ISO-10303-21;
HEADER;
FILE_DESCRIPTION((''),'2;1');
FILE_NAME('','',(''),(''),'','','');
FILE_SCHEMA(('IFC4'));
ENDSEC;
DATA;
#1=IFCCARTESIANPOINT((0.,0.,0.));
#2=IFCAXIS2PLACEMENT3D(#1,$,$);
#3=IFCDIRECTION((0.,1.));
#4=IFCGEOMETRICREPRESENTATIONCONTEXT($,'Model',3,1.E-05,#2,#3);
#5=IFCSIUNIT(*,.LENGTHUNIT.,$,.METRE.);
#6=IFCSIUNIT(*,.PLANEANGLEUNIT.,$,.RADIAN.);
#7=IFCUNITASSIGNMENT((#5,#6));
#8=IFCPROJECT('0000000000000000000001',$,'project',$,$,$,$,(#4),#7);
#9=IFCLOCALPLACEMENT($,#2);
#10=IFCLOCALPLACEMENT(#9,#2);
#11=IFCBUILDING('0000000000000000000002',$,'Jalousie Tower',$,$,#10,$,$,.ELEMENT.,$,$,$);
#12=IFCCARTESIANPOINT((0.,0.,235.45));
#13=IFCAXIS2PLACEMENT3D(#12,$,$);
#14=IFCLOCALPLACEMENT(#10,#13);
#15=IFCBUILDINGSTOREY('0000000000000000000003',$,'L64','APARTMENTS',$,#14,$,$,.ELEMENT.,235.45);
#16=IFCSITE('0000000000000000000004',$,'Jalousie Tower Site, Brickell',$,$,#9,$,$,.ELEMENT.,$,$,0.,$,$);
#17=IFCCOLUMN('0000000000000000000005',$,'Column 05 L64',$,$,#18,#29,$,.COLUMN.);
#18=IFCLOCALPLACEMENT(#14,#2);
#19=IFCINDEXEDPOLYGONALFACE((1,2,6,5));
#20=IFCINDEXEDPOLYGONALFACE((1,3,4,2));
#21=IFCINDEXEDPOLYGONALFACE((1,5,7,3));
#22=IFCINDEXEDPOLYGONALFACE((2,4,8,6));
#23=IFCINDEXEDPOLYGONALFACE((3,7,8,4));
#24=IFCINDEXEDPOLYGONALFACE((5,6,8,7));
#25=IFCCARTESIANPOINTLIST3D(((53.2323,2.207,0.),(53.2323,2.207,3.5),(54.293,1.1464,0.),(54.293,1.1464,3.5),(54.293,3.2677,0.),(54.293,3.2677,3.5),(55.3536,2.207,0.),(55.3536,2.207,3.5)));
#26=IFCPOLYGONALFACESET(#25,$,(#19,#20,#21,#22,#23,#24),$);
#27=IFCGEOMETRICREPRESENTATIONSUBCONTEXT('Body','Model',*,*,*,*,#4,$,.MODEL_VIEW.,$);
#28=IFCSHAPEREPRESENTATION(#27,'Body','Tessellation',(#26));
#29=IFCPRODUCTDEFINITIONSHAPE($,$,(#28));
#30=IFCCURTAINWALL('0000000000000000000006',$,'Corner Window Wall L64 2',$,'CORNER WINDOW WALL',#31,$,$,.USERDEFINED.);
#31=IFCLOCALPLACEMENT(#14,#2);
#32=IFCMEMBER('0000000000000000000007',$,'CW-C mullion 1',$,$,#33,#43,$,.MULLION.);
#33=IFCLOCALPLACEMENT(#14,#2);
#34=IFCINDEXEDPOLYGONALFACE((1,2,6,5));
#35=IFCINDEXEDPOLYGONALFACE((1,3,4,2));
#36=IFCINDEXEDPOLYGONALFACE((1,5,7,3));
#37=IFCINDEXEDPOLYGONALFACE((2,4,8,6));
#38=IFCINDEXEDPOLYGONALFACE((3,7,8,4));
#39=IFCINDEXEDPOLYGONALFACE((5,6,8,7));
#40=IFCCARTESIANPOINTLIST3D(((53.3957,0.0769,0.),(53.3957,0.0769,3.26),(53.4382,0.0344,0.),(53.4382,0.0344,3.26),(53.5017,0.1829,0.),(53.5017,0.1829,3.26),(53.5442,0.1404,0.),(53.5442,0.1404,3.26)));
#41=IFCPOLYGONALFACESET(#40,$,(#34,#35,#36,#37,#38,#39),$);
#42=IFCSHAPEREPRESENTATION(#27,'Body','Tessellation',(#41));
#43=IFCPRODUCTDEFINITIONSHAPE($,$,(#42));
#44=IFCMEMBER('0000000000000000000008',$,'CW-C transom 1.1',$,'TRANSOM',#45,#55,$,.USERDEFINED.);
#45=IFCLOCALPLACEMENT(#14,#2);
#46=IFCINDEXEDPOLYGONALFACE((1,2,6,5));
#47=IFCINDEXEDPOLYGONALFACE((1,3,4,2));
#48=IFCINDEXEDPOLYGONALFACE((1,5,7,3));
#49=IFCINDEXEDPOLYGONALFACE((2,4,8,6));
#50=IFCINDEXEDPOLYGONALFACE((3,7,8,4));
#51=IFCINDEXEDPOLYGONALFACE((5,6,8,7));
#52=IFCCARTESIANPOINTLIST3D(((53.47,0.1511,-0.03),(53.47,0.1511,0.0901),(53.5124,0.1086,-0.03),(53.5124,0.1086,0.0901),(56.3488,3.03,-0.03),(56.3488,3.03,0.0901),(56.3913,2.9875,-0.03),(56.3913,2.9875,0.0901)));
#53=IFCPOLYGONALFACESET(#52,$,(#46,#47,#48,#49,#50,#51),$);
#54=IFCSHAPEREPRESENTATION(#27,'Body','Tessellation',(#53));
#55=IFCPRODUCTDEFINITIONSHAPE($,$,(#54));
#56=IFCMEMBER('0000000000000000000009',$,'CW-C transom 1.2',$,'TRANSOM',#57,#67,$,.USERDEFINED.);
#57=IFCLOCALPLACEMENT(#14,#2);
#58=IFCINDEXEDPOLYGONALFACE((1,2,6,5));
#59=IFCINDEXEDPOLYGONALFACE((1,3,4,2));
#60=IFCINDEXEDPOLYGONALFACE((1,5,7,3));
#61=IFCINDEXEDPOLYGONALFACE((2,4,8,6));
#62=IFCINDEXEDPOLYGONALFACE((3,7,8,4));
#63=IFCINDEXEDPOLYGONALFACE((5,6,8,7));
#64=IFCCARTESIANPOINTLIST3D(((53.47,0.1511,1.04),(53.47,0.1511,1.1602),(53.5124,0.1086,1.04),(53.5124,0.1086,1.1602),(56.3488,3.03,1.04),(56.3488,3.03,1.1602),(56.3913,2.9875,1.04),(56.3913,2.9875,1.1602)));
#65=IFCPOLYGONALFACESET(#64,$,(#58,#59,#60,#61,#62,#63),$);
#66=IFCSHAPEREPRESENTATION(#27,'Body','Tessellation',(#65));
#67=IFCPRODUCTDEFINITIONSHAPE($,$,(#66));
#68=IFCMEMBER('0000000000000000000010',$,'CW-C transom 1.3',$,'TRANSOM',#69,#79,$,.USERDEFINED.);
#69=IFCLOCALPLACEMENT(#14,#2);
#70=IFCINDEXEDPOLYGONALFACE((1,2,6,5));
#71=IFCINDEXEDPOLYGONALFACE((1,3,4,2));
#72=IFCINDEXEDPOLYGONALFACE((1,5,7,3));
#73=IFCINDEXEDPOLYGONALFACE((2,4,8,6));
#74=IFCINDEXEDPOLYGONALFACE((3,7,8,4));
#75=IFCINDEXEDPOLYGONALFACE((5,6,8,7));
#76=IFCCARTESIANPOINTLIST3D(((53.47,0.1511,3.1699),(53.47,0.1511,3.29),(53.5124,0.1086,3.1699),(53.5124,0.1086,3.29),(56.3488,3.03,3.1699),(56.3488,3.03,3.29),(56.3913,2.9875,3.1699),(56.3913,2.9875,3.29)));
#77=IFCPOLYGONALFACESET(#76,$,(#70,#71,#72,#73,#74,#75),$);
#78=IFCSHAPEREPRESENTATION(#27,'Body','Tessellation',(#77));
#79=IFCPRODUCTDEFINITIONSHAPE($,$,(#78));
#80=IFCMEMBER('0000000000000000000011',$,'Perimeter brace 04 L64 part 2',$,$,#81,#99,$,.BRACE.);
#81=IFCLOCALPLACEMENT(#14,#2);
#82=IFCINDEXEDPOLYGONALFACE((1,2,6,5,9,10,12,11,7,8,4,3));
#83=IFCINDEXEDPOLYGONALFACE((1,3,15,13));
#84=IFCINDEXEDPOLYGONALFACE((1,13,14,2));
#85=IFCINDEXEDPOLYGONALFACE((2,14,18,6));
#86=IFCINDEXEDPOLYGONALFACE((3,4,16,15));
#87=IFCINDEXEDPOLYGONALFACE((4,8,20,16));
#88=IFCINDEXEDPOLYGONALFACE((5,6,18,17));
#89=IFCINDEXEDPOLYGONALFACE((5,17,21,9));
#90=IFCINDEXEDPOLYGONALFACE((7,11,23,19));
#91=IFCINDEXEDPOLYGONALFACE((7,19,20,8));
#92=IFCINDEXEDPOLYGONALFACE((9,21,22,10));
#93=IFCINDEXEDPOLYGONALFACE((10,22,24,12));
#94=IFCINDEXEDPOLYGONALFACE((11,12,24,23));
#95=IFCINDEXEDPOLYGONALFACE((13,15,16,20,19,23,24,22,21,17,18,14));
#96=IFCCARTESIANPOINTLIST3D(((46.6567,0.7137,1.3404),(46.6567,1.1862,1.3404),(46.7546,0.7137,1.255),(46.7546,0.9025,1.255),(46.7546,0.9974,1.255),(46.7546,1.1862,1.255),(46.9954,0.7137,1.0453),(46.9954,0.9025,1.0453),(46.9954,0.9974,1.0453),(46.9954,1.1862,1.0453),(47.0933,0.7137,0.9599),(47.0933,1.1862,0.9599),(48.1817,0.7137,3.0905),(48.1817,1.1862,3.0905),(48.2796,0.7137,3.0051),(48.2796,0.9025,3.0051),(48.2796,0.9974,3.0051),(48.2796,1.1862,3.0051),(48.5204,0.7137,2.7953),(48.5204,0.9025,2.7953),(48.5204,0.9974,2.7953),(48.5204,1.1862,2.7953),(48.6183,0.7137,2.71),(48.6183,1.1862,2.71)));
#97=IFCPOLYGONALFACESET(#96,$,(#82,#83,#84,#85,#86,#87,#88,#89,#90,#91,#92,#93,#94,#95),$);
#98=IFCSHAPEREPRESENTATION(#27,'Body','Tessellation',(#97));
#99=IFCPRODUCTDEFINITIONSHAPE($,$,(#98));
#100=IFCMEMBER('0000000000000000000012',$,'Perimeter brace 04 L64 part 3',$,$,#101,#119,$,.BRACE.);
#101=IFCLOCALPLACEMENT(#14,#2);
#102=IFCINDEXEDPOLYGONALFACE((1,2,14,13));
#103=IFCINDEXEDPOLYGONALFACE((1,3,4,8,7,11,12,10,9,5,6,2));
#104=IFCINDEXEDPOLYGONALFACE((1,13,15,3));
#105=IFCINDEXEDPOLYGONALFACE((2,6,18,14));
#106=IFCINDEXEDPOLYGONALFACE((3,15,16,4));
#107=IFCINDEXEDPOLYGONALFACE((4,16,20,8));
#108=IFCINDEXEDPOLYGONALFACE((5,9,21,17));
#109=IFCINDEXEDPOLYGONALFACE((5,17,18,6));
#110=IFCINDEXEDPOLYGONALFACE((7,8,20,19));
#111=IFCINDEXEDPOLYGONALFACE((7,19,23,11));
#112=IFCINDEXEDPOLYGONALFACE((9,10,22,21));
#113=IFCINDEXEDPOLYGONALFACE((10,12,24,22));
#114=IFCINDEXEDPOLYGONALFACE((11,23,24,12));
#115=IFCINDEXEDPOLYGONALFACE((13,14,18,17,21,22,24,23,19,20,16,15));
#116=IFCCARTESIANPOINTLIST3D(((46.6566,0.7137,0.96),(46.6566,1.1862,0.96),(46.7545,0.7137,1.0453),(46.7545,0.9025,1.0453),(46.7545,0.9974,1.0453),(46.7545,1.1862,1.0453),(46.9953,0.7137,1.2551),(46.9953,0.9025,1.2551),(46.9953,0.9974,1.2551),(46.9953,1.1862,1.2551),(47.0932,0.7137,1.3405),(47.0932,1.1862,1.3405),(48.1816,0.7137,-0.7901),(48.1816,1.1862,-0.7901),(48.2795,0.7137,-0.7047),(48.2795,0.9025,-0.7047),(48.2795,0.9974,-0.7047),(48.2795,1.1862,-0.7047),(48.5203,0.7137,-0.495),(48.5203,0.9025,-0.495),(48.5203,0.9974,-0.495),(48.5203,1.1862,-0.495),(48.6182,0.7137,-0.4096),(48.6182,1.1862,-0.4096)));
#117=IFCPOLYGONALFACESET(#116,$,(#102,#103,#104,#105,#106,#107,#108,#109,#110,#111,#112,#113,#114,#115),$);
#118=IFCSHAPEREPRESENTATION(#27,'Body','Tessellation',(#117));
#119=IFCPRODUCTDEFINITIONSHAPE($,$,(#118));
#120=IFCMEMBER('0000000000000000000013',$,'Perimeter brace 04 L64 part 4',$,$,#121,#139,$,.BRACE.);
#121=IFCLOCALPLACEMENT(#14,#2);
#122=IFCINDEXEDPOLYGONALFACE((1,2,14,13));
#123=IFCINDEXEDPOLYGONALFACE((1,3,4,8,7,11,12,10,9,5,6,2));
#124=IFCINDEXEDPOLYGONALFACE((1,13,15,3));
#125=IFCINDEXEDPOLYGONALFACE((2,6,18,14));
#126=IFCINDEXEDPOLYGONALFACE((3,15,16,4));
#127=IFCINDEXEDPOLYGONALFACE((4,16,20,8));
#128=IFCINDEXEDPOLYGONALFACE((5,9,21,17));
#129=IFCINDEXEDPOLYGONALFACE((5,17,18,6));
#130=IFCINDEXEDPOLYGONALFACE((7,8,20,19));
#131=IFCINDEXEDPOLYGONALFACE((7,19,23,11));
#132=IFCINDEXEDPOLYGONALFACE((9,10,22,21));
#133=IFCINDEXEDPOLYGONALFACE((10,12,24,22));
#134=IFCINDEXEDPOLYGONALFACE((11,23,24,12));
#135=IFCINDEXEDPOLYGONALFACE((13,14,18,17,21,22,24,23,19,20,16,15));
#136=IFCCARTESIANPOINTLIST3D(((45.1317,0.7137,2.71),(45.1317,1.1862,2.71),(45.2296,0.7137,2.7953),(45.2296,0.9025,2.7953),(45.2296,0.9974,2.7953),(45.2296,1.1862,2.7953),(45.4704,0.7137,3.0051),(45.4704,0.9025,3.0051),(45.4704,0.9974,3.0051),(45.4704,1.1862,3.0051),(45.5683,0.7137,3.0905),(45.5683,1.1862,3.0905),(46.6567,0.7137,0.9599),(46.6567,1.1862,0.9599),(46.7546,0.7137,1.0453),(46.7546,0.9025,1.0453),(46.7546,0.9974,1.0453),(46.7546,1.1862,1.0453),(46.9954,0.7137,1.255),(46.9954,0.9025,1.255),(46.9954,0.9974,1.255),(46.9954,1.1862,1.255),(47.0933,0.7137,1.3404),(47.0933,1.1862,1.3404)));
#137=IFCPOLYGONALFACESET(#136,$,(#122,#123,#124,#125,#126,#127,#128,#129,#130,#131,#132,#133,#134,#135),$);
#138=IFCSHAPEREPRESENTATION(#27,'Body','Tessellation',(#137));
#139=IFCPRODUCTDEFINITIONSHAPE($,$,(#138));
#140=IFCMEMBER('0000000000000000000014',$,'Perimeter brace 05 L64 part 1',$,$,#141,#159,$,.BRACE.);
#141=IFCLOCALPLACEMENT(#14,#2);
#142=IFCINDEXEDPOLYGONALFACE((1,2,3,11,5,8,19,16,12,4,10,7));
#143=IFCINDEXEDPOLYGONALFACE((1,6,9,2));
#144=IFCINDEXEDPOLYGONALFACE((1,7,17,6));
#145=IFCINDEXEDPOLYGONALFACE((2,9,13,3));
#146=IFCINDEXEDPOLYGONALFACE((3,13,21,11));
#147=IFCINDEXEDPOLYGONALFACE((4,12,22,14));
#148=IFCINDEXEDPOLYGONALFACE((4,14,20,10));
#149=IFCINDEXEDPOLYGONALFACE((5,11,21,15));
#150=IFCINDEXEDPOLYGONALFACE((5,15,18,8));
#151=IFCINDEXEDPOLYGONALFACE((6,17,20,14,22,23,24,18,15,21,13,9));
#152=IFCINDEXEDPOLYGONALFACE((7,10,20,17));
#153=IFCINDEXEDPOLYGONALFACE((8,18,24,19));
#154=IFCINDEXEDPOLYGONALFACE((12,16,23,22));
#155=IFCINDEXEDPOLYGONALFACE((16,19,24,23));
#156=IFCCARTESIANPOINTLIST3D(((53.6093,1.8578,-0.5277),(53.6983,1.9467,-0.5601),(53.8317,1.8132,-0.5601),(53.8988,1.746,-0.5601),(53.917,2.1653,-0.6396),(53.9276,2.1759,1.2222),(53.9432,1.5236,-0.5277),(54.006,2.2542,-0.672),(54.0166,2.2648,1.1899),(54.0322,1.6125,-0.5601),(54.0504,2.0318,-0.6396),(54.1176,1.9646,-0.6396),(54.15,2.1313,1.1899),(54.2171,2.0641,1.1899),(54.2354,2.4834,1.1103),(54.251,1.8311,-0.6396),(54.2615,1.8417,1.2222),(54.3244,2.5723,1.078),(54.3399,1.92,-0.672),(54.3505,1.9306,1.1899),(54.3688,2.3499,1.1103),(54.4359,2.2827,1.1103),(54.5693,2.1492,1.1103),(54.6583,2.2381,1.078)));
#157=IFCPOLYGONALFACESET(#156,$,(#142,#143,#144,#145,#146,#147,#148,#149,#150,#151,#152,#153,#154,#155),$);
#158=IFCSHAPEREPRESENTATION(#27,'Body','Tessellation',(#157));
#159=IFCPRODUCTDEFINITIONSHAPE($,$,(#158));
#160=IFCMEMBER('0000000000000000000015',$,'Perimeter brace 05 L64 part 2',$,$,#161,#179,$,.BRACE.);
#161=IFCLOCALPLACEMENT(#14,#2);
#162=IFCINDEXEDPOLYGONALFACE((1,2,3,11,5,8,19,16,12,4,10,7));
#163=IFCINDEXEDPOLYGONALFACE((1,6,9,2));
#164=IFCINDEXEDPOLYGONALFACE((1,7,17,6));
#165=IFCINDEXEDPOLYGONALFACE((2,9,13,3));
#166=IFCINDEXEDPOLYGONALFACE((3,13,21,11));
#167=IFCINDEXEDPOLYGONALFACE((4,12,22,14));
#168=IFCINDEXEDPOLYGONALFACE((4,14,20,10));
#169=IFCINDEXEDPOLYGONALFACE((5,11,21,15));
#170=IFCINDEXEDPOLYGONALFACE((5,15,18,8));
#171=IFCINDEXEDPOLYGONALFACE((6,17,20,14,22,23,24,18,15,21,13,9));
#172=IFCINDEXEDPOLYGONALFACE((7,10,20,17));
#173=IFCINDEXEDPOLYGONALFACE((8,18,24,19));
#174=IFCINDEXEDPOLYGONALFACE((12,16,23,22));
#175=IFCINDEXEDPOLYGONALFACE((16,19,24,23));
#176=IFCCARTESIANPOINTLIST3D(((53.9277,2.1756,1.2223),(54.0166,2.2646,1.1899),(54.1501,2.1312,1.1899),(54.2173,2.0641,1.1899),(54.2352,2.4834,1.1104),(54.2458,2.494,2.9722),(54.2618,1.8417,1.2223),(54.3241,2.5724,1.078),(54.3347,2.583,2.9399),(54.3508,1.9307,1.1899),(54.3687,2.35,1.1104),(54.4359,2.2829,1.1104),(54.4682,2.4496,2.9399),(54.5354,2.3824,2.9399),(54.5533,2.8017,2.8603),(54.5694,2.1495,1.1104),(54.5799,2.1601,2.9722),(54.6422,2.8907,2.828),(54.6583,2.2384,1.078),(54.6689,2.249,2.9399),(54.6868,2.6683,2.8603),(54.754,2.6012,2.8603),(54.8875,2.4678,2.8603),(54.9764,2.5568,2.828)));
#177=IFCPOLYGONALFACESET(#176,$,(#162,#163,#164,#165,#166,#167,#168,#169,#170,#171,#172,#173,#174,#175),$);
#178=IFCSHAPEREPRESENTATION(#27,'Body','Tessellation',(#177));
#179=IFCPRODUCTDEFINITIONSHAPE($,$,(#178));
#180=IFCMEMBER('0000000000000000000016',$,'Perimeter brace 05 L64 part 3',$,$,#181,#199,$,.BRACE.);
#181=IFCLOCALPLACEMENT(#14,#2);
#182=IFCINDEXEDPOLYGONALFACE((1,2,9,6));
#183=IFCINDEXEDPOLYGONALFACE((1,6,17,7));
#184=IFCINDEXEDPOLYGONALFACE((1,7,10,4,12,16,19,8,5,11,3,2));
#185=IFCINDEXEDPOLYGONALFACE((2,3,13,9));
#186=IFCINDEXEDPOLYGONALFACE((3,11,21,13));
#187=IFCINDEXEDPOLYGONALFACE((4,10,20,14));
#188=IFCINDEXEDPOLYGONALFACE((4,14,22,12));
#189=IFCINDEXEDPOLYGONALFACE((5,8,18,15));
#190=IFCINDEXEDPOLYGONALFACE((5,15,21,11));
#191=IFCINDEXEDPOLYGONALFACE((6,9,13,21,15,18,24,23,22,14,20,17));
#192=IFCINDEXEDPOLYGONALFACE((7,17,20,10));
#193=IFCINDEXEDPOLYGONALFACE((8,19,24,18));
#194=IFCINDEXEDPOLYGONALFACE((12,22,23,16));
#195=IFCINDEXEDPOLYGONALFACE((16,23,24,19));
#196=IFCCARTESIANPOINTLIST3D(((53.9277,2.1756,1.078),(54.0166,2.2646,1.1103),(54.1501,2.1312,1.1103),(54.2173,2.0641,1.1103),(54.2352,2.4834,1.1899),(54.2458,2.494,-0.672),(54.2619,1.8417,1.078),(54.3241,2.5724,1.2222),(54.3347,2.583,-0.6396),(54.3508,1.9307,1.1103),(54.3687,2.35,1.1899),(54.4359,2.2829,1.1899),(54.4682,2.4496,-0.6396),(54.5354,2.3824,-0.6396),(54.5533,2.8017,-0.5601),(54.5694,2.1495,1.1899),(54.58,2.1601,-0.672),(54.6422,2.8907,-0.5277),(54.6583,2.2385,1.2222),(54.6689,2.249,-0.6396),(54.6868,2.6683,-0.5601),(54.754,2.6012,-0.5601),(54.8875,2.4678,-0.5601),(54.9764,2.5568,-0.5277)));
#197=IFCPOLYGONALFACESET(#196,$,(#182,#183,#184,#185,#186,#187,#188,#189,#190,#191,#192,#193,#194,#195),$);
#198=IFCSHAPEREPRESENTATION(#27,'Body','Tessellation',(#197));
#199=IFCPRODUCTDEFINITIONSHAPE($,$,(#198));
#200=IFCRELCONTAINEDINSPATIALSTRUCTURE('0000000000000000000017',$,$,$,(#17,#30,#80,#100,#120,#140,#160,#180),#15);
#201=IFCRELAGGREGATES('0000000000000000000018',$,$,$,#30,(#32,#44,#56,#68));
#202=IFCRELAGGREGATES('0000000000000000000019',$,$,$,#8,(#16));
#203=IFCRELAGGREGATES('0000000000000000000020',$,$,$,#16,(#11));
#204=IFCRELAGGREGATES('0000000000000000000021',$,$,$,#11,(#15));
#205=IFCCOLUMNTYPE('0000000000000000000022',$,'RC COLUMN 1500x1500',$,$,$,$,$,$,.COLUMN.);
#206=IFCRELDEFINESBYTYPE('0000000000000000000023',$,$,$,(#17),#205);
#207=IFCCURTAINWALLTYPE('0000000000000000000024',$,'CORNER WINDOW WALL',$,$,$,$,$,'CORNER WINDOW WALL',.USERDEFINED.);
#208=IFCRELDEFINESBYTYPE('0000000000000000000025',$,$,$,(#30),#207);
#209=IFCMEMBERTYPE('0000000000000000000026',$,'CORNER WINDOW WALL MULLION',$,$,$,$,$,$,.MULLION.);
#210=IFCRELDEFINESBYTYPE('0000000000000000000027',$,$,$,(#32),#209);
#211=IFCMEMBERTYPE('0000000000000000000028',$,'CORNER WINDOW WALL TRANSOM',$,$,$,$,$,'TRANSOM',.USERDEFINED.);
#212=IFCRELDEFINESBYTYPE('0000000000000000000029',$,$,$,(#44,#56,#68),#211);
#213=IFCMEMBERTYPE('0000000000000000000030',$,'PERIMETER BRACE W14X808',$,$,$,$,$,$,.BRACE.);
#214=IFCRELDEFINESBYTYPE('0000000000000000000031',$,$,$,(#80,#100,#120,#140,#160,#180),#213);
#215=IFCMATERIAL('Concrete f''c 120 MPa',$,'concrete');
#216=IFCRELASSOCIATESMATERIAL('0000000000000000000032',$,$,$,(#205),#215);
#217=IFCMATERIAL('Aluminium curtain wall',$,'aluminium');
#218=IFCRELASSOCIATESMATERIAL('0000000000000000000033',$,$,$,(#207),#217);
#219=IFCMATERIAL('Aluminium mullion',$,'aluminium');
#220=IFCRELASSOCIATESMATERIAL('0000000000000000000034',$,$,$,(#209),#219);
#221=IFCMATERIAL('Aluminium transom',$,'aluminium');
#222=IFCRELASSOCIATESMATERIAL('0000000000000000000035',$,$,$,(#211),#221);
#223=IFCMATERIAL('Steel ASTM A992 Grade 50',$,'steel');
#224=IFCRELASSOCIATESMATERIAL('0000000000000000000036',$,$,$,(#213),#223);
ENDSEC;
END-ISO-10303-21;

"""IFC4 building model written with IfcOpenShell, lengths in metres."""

from ifc_helpers import new_model, si_unit, direction, frame, origin, origin_2d, place, context, subcontext, project, spatial, rectangle, i_section, extrude, material, material_profile, profile_set, type_object, element, aggregate, save


model = new_model("IFC4")

# Units and contexts
model_context = context("Model", 3, precision=1e-05, world=origin(), true_north=direction((0.0, 1.0)))
body_context = subcontext(model_context, "Body", "Model", "MODEL_VIEW")
ifc_project = project(units=[si_unit("LENGTHUNIT", "METRE"), si_unit("PLANEANGLEUNIT", "RADIAN")], contexts=[model_context])

# Site, building, storey
site_placement = place(None, origin())
site = spatial("IfcSite", under=ifc_project, at=site_placement, Name="Jalousie Tower Site, Brickell", CompositionType="ELEMENT", RefElevation=0.0)
building_placement = place(site_placement, origin())
building = spatial("IfcBuilding", under=site, at=building_placement, Name="Jalousie Tower", CompositionType="ELEMENT")
storey_placement = place(building_placement, frame((0.0, 0.0, 235.45)))
storey = spatial("IfcBuildingStorey", under=building, at=storey_placement, Name="L64", Description="APARTMENTS", CompositionType="ELEMENT", Elevation=235.45)

# Column
ifc_material_1 = material(Name="Concrete f'c 120 MPa", Category="concrete")
ifc_material_profile_1 = material_profile(ifc_material_1, rectangle(XDim=1.5, YDim=1.5, at=origin_2d()), Name="RC 1500x1500")
ifc_profile_set_1 = profile_set([ifc_material_profile_1], Name="Concrete f'c 120 MPa")
column_type = type_object("IfcColumnType", Name="RC COLUMN 1500x1500", PredefinedType="COLUMN", material=ifc_profile_set_1)
column_placement = place(storey_placement, frame((54.293, 2.207, 0.0), z_axis=(0.0, 0.0, 1.0), x_axis=(0.707107, 0.707107, 0.0)))
element("IfcColumn", 1, at=column_placement, inside=storey, type_object=column_type, Name="Column 05 L64", PredefinedType="COLUMN", context=body_context, shape_type="SweptSolid", body=[
    extrude(rectangle(XDim=1.5, YDim=1.5, at=origin_2d()), origin(), (0.0, 0.0, 1.0), 3.5),
])

# Curtain wall, members
ifc_material_2 = material(Name="Aluminium curtain wall", Category="aluminium")
curtain_wall_type_1 = type_object("IfcCurtainWallType", Name="CORNER WINDOW WALL", ElementType="CORNER WINDOW WALL", PredefinedType="USERDEFINED", material=ifc_material_2)
curtain_wall_1_placement = place(storey_placement, origin())
curtain_wall_1 = element("IfcCurtainWall", 2, at=curtain_wall_1_placement, inside=storey, type_object=curtain_wall_type_1, Name="Corner Window Wall L64 2", ObjectType="CORNER WINDOW WALL", PredefinedType="USERDEFINED")
ifc_material_3 = material(Name="Aluminium mullion", Category="aluminium")
ifc_material_profile_2 = material_profile(ifc_material_3, rectangle(XDim=0.0601, YDim=0.1499, at=origin_2d()), Name="MULLION 60x150")
ifc_profile_set_2 = profile_set([ifc_material_profile_2], Name="Aluminium mullion")
member_type_1 = type_object("IfcMemberType", Name="CORNER WINDOW WALL MULLION", PredefinedType="MULLION", material=ifc_profile_set_2)
member_1_placement = place(storey_placement, frame((53.47, 0.1086, 0.0), z_axis=(0.0, 0.0, 1.0), x_axis=(-0.707107, 0.707107, 0.0)))
member_1 = element("IfcMember", 3, at=member_1_placement, type_object=member_type_1, Name="CW-C mullion 1", PredefinedType="MULLION", context=body_context, shape_type="SweptSolid", body=[
    extrude(rectangle(XDim=0.0601, YDim=0.1499, at=origin_2d()), origin(), (0.0, 0.0, 1.0), 3.26),
])
ifc_material_4 = material(Name="Aluminium transom", Category="aluminium")
ifc_material_profile_3 = material_profile(ifc_material_4, rectangle(XDim=0.0601, YDim=0.1201, at=origin_2d()), Name="TRANSOM 60x120")
ifc_profile_set_3 = profile_set([ifc_material_profile_3], Name="Aluminium transom")
member_type_2 = type_object("IfcMemberType", Name="CORNER WINDOW WALL TRANSOM", ElementType="TRANSOM", PredefinedType="USERDEFINED", material=ifc_profile_set_3)
member_2_placement = place(storey_placement, frame((53.4912, 0.1299, 0.03), z_axis=(0.707107, 0.707107, 0.0), x_axis=(-0.707107, 0.707107, 0.0)))
member_2 = element("IfcMember", 4, at=member_2_placement, type_object=member_type_2, Name="CW-C transom 1.1", ObjectType="TRANSOM", PredefinedType="USERDEFINED", context=body_context, shape_type="SweptSolid", body=[
    extrude(rectangle(XDim=0.0601, YDim=0.1201, at=origin_2d()), origin(), (0.0, 0.0, 1.0), 4.0713),
])
member_3_placement = place(storey_placement, frame((53.4912, 0.1299, 1.1001), z_axis=(0.707107, 0.707107, 0.0), x_axis=(-0.707107, 0.707107, 0.0)))
member_3 = element("IfcMember", 5, at=member_3_placement, type_object=member_type_2, Name="CW-C transom 1.2", ObjectType="TRANSOM", PredefinedType="USERDEFINED", context=body_context, shape_type="SweptSolid", body=[
    extrude(rectangle(XDim=0.0601, YDim=0.1201, at=origin_2d()), origin(), (0.0, 0.0, 1.0), 4.0713),
])
member_4_placement = place(storey_placement, frame((53.4912, 0.1299, 3.23), z_axis=(0.707107, 0.707107, 0.0), x_axis=(-0.707107, 0.707107, 0.0)))
member_4 = element("IfcMember", 6, at=member_4_placement, type_object=member_type_2, Name="CW-C transom 1.3", ObjectType="TRANSOM", PredefinedType="USERDEFINED", context=body_context, shape_type="SweptSolid", body=[
    extrude(rectangle(XDim=0.0601, YDim=0.1201, at=origin_2d()), origin(), (0.0, 0.0, 1.0), 4.0713),
])

# Members
ifc_material_5 = material(Name="Steel ASTM A992 Grade 50", Category="steel")
ifc_material_profile_4 = material_profile(ifc_material_5, i_section(OverallWidth=0.4724, OverallDepth=0.5791, WebThickness=0.095, FlangeThickness=0.1299, at=origin_2d()), Name="W14X808")
ifc_profile_set_4 = profile_set([ifc_material_profile_4], Name="Steel ASTM A992 Grade 50")
member_type_3 = type_object("IfcMemberType", Name="PERIMETER BRACE W14X808", PredefinedType="BRACE", material=ifc_profile_set_4)
for number, where, z_axis, x_axis, name in (
    (7, (46.875, 0.95, 1.1501), (0.656954, 0.0, 0.75393), (0.0, 1.0, 0.0), "Perimeter brace 04 L64 part 2"),
    (8, (48.3999, 0.95, -0.5999), (-0.656954, 0.0, 0.75393), (0.0, -1.0, 0.0), "Perimeter brace 04 L64 part 3"),
    (9, (46.875, 0.95, 1.1501), (-0.656954, 0.0, 0.75393), (0.0, -1.0, 0.0), "Perimeter brace 04 L64 part 4"),
):
    element("IfcMember", number, at=place(storey_placement, frame(where, z_axis=z_axis, x_axis=x_axis)), inside=storey, type_object=member_type_3, Name=name, PredefinedType="BRACE", context=body_context, shape_type="SweptSolid", body=[
        extrude(i_section(OverallWidth=0.4724, OverallDepth=0.5791, WebThickness=0.095, FlangeThickness=0.1299, at=origin_2d()), origin(), (0.0, 0.0, 1.0), 2.3213),
    ])
for number, where, z_axis, x_axis, name in (
    (10, (53.9746, 1.8889, -0.5999), (0.176187, 0.176051, 0.968486), (-0.706835, 0.707378, 0.0), "Perimeter brace 05 L64 part 1"),
    (11, (54.293, 2.207, 1.1501), (0.176051, 0.176187, 0.968486), (-0.707378, 0.706835, 0.0), "Perimeter brace 05 L64 part 2"),
    (12, (54.6111, 2.5254, -0.5999), (-0.176051, -0.176187, 0.968486), (0.707378, -0.706835, 0.0), "Perimeter brace 05 L64 part 3"),
):
    element("IfcMember", number, at=place(storey_placement, frame(where, z_axis=z_axis, x_axis=x_axis)), inside=storey, type_object=member_type_3, Name=name, PredefinedType="BRACE", context=body_context, shape_type="SweptSolid", body=[
        extrude(i_section(OverallWidth=0.4724, OverallDepth=0.5791, WebThickness=0.095, FlangeThickness=0.1299, at=origin_2d()), origin(), (0.0, 0.0, 1.0), 1.8069),
    ])

aggregate(curtain_wall_1, [member_1, member_2, member_3, member_4])

save(model, "model.ifc")
